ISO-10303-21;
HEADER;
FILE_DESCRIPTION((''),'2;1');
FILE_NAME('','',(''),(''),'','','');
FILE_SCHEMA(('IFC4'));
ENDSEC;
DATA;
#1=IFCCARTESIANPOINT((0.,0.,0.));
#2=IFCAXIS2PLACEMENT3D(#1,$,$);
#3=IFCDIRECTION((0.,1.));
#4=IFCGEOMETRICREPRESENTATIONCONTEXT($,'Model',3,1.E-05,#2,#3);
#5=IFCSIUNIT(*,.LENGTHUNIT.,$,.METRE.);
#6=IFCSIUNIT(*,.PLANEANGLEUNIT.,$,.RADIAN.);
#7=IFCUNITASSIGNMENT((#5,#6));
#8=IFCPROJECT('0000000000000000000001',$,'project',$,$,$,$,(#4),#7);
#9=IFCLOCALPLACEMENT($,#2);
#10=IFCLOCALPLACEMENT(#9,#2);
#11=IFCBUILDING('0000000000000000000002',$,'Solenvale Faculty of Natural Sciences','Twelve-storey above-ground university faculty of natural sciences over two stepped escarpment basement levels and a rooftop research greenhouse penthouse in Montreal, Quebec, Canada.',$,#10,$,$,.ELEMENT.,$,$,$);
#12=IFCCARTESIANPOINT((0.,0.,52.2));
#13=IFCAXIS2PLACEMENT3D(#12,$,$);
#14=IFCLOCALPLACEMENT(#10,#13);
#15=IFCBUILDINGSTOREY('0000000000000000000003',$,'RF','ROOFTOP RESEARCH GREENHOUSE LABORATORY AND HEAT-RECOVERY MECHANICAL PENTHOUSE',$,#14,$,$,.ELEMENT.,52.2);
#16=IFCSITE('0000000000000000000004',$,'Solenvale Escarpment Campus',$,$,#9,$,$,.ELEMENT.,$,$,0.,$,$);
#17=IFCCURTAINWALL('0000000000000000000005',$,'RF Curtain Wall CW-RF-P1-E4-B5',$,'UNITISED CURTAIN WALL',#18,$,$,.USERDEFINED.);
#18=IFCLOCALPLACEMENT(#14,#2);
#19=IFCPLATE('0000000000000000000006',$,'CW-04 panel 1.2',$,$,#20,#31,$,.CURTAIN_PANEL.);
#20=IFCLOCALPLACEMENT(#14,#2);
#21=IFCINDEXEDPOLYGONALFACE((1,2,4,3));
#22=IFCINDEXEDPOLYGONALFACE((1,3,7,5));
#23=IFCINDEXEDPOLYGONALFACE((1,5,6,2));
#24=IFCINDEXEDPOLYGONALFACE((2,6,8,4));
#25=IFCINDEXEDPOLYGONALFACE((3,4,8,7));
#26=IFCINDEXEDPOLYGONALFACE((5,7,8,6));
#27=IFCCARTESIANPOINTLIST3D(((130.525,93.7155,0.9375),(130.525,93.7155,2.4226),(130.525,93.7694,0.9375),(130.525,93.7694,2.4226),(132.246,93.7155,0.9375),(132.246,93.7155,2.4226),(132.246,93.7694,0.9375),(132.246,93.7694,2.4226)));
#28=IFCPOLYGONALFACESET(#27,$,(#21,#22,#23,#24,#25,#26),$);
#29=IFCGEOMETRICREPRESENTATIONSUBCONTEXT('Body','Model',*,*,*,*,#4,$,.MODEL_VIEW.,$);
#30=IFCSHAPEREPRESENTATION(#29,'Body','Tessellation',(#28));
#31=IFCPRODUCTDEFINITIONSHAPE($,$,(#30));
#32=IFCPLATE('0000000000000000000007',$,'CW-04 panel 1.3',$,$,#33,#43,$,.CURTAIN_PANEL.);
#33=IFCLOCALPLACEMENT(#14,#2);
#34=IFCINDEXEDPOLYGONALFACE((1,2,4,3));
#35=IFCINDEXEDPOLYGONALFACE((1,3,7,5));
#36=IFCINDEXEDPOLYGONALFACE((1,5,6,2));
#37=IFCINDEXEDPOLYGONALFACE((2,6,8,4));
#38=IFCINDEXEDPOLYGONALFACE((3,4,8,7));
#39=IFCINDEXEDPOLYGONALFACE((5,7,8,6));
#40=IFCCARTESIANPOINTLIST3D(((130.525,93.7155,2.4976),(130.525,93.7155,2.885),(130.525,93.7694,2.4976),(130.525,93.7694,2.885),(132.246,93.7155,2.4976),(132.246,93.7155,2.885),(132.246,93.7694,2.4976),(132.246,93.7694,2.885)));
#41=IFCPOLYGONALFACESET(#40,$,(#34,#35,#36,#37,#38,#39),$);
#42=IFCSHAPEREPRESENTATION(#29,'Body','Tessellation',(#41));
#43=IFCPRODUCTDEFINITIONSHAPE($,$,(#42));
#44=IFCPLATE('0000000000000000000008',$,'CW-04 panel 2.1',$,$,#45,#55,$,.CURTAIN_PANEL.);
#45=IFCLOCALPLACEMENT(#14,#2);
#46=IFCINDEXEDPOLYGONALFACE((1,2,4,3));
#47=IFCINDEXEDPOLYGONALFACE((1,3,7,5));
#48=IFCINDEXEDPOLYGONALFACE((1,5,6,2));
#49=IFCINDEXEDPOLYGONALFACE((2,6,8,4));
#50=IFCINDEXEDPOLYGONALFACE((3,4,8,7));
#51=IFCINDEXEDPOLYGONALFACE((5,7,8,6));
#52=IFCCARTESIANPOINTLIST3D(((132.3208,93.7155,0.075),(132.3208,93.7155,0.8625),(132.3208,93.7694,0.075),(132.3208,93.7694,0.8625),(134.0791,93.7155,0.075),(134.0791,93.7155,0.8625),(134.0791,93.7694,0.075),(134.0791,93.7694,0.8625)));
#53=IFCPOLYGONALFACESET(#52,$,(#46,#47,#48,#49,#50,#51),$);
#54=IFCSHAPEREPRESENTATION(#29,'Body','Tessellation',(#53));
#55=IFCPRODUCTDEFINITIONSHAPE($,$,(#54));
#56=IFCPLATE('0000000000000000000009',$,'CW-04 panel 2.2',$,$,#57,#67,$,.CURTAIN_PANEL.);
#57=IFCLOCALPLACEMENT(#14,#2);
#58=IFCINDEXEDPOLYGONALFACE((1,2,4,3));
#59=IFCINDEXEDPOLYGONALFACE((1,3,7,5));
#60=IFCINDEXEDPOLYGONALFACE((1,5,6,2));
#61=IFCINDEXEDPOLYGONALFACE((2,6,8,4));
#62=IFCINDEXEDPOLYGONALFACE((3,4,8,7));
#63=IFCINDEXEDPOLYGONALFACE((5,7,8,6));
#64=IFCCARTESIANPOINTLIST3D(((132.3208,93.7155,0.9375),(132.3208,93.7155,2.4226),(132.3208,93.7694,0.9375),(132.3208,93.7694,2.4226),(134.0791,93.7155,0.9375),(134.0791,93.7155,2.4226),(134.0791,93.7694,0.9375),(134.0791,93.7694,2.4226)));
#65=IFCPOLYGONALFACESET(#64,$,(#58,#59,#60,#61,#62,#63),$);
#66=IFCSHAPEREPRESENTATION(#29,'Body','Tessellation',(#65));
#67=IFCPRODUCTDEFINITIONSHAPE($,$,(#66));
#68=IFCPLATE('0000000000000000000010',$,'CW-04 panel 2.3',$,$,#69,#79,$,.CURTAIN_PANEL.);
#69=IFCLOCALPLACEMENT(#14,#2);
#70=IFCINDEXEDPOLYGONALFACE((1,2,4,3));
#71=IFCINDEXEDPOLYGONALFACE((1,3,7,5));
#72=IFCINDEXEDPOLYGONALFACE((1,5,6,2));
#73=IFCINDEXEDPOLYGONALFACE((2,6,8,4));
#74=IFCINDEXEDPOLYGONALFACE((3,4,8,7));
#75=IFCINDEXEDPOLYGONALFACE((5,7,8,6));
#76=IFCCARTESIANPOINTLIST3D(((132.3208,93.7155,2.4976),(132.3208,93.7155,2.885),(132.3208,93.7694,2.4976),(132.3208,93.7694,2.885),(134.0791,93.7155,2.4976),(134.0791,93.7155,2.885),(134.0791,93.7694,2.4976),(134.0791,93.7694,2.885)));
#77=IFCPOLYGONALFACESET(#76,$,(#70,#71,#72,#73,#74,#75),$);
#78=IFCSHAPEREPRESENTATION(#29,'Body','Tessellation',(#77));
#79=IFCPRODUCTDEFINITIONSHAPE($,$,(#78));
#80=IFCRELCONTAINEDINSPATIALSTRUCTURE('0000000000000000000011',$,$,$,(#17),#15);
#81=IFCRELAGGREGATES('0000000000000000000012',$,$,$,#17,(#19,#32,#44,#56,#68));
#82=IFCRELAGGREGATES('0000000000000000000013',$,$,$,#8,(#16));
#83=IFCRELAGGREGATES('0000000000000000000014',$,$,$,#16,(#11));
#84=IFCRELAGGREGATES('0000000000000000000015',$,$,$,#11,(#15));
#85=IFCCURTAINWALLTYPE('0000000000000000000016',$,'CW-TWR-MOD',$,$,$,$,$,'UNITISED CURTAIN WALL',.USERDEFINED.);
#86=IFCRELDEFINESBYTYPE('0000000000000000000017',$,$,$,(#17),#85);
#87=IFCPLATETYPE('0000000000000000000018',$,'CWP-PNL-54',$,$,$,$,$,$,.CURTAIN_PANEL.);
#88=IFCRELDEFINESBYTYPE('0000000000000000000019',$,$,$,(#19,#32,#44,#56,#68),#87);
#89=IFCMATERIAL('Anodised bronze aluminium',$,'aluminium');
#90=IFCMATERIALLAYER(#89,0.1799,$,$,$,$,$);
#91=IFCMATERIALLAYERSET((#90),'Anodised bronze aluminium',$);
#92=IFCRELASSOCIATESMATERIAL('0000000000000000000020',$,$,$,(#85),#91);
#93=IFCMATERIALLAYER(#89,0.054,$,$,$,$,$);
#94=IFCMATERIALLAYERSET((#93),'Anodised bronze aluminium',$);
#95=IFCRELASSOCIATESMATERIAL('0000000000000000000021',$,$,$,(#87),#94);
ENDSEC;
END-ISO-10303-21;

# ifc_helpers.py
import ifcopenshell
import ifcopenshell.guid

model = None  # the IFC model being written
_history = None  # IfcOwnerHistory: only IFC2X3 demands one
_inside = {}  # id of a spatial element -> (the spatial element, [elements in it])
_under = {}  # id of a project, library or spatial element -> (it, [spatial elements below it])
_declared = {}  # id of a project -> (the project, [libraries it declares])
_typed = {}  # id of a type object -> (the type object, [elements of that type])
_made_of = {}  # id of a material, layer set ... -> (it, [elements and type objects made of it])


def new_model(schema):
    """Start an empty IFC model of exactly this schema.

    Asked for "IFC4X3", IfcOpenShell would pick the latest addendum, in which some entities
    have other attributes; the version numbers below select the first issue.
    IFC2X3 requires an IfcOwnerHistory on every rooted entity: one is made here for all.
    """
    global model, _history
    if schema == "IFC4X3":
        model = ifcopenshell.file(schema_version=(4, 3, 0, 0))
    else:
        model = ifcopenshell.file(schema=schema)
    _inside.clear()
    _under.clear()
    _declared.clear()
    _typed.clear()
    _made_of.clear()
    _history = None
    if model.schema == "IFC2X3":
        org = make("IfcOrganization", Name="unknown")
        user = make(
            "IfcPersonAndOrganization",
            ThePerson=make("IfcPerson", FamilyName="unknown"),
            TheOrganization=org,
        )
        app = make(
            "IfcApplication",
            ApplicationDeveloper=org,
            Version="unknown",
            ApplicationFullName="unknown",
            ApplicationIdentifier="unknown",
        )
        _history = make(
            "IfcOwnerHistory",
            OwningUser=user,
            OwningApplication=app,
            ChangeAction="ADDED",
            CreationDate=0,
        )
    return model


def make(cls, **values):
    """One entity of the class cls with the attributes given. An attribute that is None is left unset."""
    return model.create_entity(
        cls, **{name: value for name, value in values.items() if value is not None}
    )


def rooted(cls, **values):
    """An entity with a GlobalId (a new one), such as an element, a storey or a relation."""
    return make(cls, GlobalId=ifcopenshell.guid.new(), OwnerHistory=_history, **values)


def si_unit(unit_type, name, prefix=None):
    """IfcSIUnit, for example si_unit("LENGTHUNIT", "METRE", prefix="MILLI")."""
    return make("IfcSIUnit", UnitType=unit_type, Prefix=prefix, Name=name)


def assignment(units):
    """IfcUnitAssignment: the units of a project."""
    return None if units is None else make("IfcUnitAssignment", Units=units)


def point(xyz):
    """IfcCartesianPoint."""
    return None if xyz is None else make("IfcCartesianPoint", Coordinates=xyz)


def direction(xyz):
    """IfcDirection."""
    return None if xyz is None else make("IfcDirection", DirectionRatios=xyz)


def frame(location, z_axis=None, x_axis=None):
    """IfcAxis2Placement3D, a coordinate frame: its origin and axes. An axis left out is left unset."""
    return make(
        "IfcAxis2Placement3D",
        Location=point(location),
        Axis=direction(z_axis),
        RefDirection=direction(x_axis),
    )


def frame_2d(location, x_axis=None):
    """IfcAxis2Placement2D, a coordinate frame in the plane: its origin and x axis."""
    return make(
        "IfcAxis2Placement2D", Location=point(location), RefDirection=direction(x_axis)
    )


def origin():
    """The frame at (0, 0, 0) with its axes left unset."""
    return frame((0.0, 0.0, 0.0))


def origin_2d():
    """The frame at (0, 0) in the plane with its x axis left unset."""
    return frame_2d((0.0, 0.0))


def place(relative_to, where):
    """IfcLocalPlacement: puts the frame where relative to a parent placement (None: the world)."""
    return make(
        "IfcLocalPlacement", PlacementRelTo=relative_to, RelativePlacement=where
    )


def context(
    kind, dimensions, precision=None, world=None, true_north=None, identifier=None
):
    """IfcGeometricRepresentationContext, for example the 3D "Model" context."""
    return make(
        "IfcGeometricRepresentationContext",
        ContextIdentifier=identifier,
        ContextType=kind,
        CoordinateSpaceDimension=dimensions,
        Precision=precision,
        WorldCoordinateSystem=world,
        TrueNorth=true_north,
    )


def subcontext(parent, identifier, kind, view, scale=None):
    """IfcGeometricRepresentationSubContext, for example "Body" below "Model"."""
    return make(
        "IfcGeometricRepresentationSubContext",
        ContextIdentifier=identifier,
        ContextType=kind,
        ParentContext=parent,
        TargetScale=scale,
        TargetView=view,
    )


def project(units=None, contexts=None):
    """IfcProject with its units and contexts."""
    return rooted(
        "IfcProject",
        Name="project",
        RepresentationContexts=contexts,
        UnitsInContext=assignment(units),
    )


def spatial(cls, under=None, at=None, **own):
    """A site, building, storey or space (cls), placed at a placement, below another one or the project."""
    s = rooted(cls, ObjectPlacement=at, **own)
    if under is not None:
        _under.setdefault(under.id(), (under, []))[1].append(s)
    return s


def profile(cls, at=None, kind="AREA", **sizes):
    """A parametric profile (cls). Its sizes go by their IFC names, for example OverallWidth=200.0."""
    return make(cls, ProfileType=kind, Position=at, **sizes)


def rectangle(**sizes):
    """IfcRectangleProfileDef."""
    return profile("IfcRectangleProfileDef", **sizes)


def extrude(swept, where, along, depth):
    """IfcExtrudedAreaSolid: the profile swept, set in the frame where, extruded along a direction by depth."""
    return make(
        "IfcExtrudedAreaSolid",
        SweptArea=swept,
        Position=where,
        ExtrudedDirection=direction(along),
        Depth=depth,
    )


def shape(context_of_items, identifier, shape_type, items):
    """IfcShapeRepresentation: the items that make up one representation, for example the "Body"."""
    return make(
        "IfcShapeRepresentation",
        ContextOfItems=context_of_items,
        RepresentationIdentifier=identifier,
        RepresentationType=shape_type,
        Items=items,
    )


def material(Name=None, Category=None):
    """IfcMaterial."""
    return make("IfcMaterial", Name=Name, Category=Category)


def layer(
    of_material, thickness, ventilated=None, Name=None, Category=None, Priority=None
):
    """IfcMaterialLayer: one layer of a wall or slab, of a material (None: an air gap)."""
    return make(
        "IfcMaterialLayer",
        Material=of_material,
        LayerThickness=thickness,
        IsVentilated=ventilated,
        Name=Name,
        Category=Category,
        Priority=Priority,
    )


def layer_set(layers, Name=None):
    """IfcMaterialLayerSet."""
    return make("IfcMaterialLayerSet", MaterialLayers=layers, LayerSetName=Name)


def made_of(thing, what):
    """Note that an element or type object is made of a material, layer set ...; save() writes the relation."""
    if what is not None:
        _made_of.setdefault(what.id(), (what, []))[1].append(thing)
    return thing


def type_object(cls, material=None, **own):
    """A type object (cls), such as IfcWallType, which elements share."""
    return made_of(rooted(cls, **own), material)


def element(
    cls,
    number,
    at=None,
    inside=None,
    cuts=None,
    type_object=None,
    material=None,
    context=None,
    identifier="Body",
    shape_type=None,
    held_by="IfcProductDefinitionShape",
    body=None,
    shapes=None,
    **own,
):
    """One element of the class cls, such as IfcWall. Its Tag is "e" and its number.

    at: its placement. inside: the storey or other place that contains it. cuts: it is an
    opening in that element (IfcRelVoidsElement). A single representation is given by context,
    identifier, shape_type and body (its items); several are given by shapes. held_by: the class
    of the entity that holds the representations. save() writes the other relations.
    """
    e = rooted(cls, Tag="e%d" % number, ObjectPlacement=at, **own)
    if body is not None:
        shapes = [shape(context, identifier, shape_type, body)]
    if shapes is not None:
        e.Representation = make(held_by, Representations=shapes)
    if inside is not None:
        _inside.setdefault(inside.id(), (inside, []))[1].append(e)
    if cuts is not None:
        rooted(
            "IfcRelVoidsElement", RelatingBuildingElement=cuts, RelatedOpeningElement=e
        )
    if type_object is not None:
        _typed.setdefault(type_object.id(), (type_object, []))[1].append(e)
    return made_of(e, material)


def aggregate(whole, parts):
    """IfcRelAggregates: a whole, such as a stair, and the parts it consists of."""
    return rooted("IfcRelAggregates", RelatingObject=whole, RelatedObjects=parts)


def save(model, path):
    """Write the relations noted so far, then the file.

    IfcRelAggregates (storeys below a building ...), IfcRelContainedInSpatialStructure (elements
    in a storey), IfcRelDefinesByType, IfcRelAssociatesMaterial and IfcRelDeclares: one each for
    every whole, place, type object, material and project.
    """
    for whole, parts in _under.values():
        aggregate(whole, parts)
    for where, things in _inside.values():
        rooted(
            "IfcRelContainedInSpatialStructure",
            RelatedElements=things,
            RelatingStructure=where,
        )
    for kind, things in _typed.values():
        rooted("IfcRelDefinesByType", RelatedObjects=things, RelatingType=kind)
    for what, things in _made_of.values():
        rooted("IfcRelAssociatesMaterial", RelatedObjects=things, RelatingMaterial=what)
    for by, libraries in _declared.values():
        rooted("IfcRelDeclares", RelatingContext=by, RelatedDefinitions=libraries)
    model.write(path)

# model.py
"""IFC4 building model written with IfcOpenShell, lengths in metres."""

from ifc_helpers import new_model, si_unit, direction, frame, origin, origin_2d, place, context, subcontext, project, spatial, rectangle, extrude, material, layer, layer_set, type_object, element, aggregate, save


model = new_model("IFC4")

# Units and contexts
model_context = context("Model", 3, precision=1e-05, world=origin(), true_north=direction((0.0, 1.0)))
body_context = subcontext(model_context, "Body", "Model", "MODEL_VIEW")
ifc_project = project(units=[si_unit("LENGTHUNIT", "METRE"), si_unit("PLANEANGLEUNIT", "RADIAN")], contexts=[model_context])

# Site, building, storey
site_placement = place(None, origin())
site = spatial("IfcSite", under=ifc_project, at=site_placement, Name="Solenvale Escarpment Campus", CompositionType="ELEMENT", RefElevation=0.0)
building_placement = place(site_placement, origin())
building = spatial("IfcBuilding", under=site, at=building_placement, Name="Solenvale Faculty of Natural Sciences", Description="Twelve-storey above-ground university faculty of natural sciences over two stepped escarpment basement levels and a rooftop research greenhouse penthouse in Montreal, Quebec, Canada.", CompositionType="ELEMENT")
storey_placement = place(building_placement, frame((0.0, 0.0, 52.2)))
storey = spatial("IfcBuildingStorey", under=building, at=storey_placement, Name="RF", Description="ROOFTOP RESEARCH GREENHOUSE LABORATORY AND HEAT-RECOVERY MECHANICAL PENTHOUSE", CompositionType="ELEMENT", Elevation=52.2)

# Curtain wall, plates
ifc_material_1 = material(Name="Anodised bronze aluminium", Category="aluminium")
ifc_layer_1 = layer(ifc_material_1, 0.1799)
ifc_layer_set_1 = layer_set([ifc_layer_1], Name="Anodised bronze aluminium")
curtain_wall_type = type_object("IfcCurtainWallType", Name="CW-TWR-MOD", ElementType="UNITISED CURTAIN WALL", PredefinedType="USERDEFINED", material=ifc_layer_set_1)
curtain_wall_placement = place(storey_placement, origin())
curtain_wall = element("IfcCurtainWall", 1, at=curtain_wall_placement, inside=storey, type_object=curtain_wall_type, Name="RF Curtain Wall CW-RF-P1-E4-B5", ObjectType="UNITISED CURTAIN WALL", PredefinedType="USERDEFINED")
ifc_layer_2 = layer(ifc_material_1, 0.054)
ifc_layer_set_2 = layer_set([ifc_layer_2], Name="Anodised bronze aluminium")
plate_type = type_object("IfcPlateType", Name="CWP-PNL-54", PredefinedType="CURTAIN_PANEL", material=ifc_layer_set_2)
plate_1_placement = place(storey_placement, frame((131.3855, 93.7424, 0.9375), z_axis=(0.0, 0.0, 1.0), x_axis=(1.0, 0.0, 0.0)))
plate_1 = element("IfcPlate", 2, at=plate_1_placement, type_object=plate_type, Name="CW-04 panel 1.2", PredefinedType="CURTAIN_PANEL", context=body_context, shape_type="SweptSolid", body=[
    extrude(rectangle(XDim=1.7209, YDim=0.054, at=origin_2d()), origin(), (0.0, 0.0, 1.0), 1.4851),
])
plate_2_placement = place(storey_placement, frame((131.3855, 93.7424, 2.4976), z_axis=(0.0, 0.0, 1.0), x_axis=(1.0, 0.0, 0.0)))
plate_2 = element("IfcPlate", 3, at=plate_2_placement, type_object=plate_type, Name="CW-04 panel 1.3", PredefinedType="CURTAIN_PANEL", context=body_context, shape_type="SweptSolid", body=[
    extrude(rectangle(XDim=1.7209, YDim=0.054, at=origin_2d()), origin(), (0.0, 0.0, 1.0), 0.3875),
])
plate_3_placement = place(storey_placement, frame((133.2, 93.7424, 0.075), z_axis=(0.0, 0.0, 1.0), x_axis=(1.0, 0.0, 0.0)))
plate_3 = element("IfcPlate", 4, at=plate_3_placement, type_object=plate_type, Name="CW-04 panel 2.1", PredefinedType="CURTAIN_PANEL", context=body_context, shape_type="SweptSolid", body=[
    extrude(rectangle(XDim=1.7583, YDim=0.054, at=origin_2d()), origin(), (0.0, 0.0, 1.0), 0.7876),
])
plate_4_placement = place(storey_placement, frame((133.2, 93.7424, 0.9375), z_axis=(0.0, 0.0, 1.0), x_axis=(1.0, 0.0, 0.0)))
plate_4 = element("IfcPlate", 5, at=plate_4_placement, type_object=plate_type, Name="CW-04 panel 2.2", PredefinedType="CURTAIN_PANEL", context=body_context, shape_type="SweptSolid", body=[
    extrude(rectangle(XDim=1.7583, YDim=0.054, at=origin_2d()), origin(), (0.0, 0.0, 1.0), 1.4851),
])
plate_5_placement = place(storey_placement, frame((133.2, 93.7424, 2.4976), z_axis=(0.0, 0.0, 1.0), x_axis=(1.0, 0.0, 0.0)))
plate_5 = element("IfcPlate", 6, at=plate_5_placement, type_object=plate_type, Name="CW-04 panel 2.3", PredefinedType="CURTAIN_PANEL", context=body_context, shape_type="SweptSolid", body=[
    extrude(rectangle(XDim=1.7583, YDim=0.054, at=origin_2d()), origin(), (0.0, 0.0, 1.0), 0.3875),
])
aggregate(curtain_wall, [plate_1, plate_2, plate_3, plate_4, plate_5])

save(model, "model.ifc")
